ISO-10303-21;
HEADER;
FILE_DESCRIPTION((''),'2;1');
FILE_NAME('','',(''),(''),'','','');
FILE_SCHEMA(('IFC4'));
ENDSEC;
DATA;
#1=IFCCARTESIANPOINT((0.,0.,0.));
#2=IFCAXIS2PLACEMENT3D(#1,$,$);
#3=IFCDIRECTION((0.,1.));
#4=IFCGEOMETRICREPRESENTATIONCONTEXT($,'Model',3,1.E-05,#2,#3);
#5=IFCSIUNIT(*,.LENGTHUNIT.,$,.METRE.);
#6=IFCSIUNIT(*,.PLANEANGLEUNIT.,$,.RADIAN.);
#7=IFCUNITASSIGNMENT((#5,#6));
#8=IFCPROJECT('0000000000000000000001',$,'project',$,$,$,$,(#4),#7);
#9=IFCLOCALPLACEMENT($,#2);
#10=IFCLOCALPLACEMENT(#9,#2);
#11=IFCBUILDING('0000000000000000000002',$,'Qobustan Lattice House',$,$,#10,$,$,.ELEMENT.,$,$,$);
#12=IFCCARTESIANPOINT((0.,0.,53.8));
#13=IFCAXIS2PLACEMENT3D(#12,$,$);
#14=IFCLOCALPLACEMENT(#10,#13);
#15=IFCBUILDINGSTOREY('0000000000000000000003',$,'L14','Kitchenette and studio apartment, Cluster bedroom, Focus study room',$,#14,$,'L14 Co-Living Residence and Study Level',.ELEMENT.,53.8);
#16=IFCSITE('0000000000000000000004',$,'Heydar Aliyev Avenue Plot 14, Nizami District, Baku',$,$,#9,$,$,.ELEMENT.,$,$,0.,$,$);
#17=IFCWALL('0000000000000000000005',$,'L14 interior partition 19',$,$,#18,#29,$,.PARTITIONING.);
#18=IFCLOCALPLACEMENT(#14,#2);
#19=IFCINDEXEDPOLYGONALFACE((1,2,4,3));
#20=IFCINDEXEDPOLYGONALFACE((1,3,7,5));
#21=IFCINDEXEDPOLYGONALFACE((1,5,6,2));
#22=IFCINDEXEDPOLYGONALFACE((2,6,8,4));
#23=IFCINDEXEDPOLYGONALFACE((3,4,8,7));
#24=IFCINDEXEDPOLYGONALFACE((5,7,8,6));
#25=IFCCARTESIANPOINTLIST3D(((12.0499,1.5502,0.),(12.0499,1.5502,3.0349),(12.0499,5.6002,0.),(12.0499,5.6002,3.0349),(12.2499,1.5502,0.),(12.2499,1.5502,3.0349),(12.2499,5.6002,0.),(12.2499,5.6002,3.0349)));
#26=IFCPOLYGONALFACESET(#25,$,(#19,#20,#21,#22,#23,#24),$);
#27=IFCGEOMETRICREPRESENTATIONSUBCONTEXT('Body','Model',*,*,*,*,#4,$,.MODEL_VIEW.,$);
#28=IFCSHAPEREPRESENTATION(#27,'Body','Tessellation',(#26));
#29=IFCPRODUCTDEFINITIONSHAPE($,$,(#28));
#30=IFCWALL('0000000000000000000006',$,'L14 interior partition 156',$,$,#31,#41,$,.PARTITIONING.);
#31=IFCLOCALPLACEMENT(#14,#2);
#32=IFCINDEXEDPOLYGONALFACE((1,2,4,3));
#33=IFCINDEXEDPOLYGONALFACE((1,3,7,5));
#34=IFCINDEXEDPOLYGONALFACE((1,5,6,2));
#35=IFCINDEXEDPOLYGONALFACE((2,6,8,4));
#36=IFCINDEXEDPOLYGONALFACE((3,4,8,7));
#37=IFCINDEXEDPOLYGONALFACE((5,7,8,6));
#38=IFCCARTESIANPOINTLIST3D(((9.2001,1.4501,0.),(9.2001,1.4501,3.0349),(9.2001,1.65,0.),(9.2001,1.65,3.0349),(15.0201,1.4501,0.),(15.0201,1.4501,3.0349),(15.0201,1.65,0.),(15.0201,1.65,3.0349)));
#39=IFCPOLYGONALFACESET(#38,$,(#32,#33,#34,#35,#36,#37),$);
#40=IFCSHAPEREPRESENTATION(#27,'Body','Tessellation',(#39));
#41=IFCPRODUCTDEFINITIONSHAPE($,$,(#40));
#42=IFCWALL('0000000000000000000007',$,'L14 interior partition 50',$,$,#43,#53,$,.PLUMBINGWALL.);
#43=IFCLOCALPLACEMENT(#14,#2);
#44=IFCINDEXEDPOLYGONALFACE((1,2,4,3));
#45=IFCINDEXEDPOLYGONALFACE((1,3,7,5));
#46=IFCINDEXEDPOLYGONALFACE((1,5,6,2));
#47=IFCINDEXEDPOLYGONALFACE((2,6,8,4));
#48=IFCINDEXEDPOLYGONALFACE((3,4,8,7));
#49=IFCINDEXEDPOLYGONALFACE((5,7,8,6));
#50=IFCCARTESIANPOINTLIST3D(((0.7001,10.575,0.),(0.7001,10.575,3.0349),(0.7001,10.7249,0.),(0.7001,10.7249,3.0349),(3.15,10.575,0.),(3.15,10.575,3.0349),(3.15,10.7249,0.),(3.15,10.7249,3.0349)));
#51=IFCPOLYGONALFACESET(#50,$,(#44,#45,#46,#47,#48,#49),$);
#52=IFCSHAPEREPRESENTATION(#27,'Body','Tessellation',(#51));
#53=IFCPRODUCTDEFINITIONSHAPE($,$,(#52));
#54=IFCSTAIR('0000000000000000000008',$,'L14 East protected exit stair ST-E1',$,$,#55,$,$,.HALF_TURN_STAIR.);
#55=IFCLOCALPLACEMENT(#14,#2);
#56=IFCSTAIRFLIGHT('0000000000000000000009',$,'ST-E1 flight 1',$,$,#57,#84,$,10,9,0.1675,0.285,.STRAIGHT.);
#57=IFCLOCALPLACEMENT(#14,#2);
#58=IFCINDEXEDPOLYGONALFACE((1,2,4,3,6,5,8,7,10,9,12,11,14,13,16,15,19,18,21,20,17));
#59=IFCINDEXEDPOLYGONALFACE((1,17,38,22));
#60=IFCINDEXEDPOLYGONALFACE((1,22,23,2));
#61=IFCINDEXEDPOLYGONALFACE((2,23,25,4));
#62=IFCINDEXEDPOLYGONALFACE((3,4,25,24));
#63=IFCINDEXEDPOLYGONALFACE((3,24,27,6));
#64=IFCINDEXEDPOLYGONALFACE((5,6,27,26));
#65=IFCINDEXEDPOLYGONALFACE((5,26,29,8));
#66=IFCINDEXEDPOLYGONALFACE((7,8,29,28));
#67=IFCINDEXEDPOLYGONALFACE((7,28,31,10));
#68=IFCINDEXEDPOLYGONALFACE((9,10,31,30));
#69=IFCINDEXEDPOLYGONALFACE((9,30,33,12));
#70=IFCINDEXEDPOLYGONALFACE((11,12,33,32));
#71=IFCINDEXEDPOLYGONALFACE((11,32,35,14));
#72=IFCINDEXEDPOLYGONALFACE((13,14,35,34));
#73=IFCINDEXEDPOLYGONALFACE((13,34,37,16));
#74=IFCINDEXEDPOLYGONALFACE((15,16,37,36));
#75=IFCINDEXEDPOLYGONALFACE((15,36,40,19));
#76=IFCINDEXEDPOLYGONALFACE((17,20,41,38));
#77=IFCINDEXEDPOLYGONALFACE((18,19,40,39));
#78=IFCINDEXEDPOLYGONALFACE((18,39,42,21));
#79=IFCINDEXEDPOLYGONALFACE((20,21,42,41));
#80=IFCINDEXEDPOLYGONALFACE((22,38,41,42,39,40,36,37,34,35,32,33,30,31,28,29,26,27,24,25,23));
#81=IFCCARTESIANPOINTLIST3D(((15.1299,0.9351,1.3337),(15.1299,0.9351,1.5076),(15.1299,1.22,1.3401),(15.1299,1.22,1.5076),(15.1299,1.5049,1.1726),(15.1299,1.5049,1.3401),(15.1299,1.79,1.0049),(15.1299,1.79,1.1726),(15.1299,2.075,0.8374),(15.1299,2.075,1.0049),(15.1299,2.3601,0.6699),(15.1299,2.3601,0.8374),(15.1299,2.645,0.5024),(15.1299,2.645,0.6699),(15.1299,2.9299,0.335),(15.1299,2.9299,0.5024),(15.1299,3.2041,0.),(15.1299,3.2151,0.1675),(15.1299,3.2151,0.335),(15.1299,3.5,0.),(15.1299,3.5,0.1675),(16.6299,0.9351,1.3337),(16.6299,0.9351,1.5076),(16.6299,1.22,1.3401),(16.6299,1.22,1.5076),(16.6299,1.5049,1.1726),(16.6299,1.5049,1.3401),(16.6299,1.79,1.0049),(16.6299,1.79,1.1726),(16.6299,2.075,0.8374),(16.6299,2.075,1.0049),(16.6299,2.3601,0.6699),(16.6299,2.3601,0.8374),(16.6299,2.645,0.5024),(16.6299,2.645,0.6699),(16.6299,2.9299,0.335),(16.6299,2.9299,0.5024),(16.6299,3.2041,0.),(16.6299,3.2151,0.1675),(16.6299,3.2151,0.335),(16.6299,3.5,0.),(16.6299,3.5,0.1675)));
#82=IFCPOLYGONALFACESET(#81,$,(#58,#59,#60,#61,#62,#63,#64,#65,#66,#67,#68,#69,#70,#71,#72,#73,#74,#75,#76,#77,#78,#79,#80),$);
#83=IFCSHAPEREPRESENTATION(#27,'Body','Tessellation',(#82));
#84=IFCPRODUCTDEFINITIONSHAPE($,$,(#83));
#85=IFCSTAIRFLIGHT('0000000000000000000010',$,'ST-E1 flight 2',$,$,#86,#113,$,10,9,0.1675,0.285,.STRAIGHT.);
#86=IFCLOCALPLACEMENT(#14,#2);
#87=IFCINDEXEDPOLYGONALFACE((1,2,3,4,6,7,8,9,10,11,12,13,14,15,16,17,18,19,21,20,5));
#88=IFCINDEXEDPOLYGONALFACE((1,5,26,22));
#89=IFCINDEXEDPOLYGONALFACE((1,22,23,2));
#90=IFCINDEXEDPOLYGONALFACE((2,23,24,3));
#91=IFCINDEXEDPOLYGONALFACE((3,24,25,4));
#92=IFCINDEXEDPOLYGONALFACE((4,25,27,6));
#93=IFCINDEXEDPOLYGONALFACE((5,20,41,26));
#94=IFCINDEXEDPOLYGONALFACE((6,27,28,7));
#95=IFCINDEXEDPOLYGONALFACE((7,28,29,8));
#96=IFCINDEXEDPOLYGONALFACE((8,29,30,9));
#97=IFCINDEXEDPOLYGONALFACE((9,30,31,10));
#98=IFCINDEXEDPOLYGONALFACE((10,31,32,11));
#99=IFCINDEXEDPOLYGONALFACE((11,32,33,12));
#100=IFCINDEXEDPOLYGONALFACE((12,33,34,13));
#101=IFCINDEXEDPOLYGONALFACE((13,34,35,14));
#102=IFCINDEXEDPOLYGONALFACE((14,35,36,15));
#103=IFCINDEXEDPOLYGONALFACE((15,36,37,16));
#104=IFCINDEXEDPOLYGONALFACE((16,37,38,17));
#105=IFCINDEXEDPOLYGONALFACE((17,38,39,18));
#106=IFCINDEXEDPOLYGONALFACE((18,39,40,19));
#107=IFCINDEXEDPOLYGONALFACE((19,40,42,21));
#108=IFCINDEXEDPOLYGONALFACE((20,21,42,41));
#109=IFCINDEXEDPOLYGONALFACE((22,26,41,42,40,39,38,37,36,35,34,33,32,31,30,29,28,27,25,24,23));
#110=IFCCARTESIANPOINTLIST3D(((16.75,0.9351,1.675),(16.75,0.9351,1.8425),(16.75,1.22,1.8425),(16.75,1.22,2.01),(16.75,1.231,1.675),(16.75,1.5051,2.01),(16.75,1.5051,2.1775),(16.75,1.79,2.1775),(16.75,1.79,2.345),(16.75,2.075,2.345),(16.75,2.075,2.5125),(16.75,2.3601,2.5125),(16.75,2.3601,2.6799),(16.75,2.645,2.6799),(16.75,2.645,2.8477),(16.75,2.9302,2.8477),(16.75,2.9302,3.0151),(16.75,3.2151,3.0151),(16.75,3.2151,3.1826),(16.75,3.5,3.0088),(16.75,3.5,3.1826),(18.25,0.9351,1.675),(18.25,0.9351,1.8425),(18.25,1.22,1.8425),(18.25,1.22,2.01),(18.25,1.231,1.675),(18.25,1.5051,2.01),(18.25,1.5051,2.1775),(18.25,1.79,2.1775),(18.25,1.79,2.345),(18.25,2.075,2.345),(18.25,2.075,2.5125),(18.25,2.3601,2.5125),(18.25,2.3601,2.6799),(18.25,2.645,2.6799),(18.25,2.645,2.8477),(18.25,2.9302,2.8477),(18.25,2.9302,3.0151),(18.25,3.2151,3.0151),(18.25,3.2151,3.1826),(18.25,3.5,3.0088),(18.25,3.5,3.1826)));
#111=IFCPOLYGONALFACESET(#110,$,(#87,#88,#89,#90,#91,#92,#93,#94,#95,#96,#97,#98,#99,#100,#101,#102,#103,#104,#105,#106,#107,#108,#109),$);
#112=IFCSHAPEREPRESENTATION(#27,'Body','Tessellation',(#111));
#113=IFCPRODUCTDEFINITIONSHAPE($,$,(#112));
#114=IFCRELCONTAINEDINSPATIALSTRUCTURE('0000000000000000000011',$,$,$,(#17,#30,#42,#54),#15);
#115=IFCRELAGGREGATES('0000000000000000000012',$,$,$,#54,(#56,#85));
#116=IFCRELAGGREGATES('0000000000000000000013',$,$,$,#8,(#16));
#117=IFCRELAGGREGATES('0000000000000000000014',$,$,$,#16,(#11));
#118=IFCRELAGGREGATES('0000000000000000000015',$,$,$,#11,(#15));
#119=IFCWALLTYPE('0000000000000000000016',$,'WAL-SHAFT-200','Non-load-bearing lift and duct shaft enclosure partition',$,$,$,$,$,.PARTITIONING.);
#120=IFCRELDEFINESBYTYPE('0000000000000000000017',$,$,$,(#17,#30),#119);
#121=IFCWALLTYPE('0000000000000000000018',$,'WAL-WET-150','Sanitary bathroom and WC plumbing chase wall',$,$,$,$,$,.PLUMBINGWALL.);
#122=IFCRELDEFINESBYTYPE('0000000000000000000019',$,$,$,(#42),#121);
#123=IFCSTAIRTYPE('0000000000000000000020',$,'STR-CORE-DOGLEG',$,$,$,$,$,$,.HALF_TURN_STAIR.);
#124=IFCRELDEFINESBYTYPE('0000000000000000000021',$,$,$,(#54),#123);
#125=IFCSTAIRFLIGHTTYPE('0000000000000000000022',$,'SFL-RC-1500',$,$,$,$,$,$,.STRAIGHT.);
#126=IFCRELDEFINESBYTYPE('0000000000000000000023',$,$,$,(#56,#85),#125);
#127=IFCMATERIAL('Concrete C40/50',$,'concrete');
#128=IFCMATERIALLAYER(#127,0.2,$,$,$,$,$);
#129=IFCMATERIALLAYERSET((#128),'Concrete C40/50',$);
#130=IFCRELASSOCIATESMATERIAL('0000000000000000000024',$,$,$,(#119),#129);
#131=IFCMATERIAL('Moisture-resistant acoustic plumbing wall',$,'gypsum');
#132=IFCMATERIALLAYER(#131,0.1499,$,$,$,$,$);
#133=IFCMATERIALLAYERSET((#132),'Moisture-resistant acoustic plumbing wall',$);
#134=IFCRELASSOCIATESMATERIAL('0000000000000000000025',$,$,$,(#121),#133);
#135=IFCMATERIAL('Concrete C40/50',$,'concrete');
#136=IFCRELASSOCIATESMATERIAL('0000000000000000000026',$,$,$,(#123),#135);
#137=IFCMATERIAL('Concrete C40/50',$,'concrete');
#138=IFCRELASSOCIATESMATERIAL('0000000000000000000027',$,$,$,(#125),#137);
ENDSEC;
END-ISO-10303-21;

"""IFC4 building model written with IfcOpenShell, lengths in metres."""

from ifc_helpers import new_model, si_unit, direction, frame, frame_2d, origin, place, context, subcontext, project, spatial, polyline, rectangle, outline, extrude, material, layer, layer_set, type_object, element, aggregate, save


model = new_model("IFC4")

# Units and contexts
model_context = context("Model", 3, precision=1e-05, world=origin(), true_north=direction((0.0, 1.0)))
body_context = subcontext(model_context, "Body", "Model", "MODEL_VIEW")
ifc_project = project(units=[si_unit("LENGTHUNIT", "METRE"), si_unit("PLANEANGLEUNIT", "RADIAN")], contexts=[model_context])

# Site, building, storey
site_placement = place(None, origin())
site = spatial("IfcSite", under=ifc_project, at=site_placement, Name="Heydar Aliyev Avenue Plot 14, Nizami District, Baku", CompositionType="ELEMENT", RefElevation=0.0)
building_placement = place(site_placement, origin())
building = spatial("IfcBuilding", under=site, at=building_placement, Name="Qobustan Lattice House", CompositionType="ELEMENT")
storey_placement = place(building_placement, frame((0.0, 0.0, 53.8)))
storey = spatial("IfcBuildingStorey", under=building, at=storey_placement, Name="L14", Description="Kitchenette and studio apartment, Cluster bedroom, Focus study room", LongName="L14 Co-Living Residence and Study Level", CompositionType="ELEMENT", Elevation=53.8)

# Walls
ifc_material_1 = material(Name="Concrete C40/50", Category="concrete")
ifc_layer_1 = layer(ifc_material_1, 0.2)
ifc_layer_set_1 = layer_set([ifc_layer_1], Name="Concrete C40/50")
wall_type_1 = type_object("IfcWallType", Name="WAL-SHAFT-200", Description="Non-load-bearing lift and duct shaft enclosure partition", PredefinedType="PARTITIONING", material=ifc_layer_set_1)
wall_1_placement = place(storey_placement, frame((12.1499, 5.6001, 0.0), z_axis=(0.0, 0.0, 1.0), x_axis=(0.0, -1.0, 0.0)))
element("IfcWall", 1, at=wall_1_placement, inside=storey, type_object=wall_type_1, Name="L14 interior partition 19", PredefinedType="PARTITIONING", context=body_context, shape_type="SweptSolid", body=[
    extrude(rectangle(XDim=4.05, YDim=0.2, at=frame_2d((2.0249, 0.0))), origin(), (0.0, 0.0, 1.0), 3.0349),
])
wall_2_placement = place(storey_placement, frame((9.2, 1.55, 0.0), z_axis=(0.0, 0.0, 1.0), x_axis=(1.0, 0.0, 0.0)))
element("IfcWall", 2, at=wall_2_placement, inside=storey, type_object=wall_type_1, Name="L14 interior partition 156", PredefinedType="PARTITIONING", context=body_context, shape_type="SweptSolid", body=[
    extrude(rectangle(XDim=5.8201, YDim=0.2, at=frame_2d((2.9102, 0.0))), origin(), (0.0, 0.0, 1.0), 3.0349),
])
ifc_material_2 = material(Name="Moisture-resistant acoustic plumbing wall", Category="gypsum")
ifc_layer_2 = layer(ifc_material_2, 0.1499)
ifc_layer_set_2 = layer_set([ifc_layer_2], Name="Moisture-resistant acoustic plumbing wall")
wall_type_2 = type_object("IfcWallType", Name="WAL-WET-150", Description="Sanitary bathroom and WC plumbing chase wall", PredefinedType="PLUMBINGWALL", material=ifc_layer_set_2)
wall_3_placement = place(storey_placement, frame((0.7, 10.6499, 0.0), z_axis=(0.0, 0.0, 1.0), x_axis=(1.0, 0.0, 0.0)))
element("IfcWall", 3, at=wall_3_placement, inside=storey, type_object=wall_type_2, Name="L14 interior partition 50", PredefinedType="PLUMBINGWALL", context=body_context, shape_type="SweptSolid", body=[
    extrude(rectangle(XDim=2.45, YDim=0.1499, at=frame_2d((1.2251, 0.0))), origin(), (0.0, 0.0, 1.0), 3.0349),
])

# Stair, stair flights
ifc_material_3 = material(Name="Concrete C40/50", Category="concrete")
stair_type = type_object("IfcStairType", Name="STR-CORE-DOGLEG", PredefinedType="HALF_TURN_STAIR", material=ifc_material_3)
stair_placement = place(storey_placement, origin())
stair = element("IfcStair", 4, at=stair_placement, inside=storey, type_object=stair_type, Name="L14 East protected exit stair ST-E1", PredefinedType="HALF_TURN_STAIR")
ifc_material_4 = material(Name="Concrete C40/50", Category="concrete")
stair_flight_type = type_object("IfcStairFlightType", Name="SFL-RC-1500", PredefinedType="STRAIGHT", material=ifc_material_4)
stair_flight_1_placement = place(storey_placement, frame((15.8799, 3.5, 0.0), z_axis=(0.0, 0.0, 1.0), x_axis=(0.0, -1.0, 0.0)))
stair_flight_1 = element("IfcStairFlight", 5, at=stair_flight_1_placement, type_object=stair_flight_type, Name="ST-E1 flight 1", NumberOfRisers=10, NumberOfTreads=9, PredefinedType="STRAIGHT", RiserHeight=0.1675, TreadLength=0.285, context=body_context, shape_type="SweptSolid", body=[
    extrude(outline(polyline([(0.0, 0.0), (0.0, 0.1675), (0.2849, 0.1675), (0.2849, 0.335), (0.5701, 0.335), (0.5701, 0.5024), (0.855, 0.5024), (0.855, 0.6699), (1.1399, 0.6699), (1.1399, 0.8374), (1.425, 0.8374), (1.425, 1.0049), (1.71, 1.0049), (1.71, 1.1726), (1.9951, 1.1726), (1.9951, 1.3401), (2.28, 1.3401), (2.28, 1.5076), (2.5649, 1.5076), (2.5649, 1.675), (2.5649, 1.3337), (0.2959, 0.0), (0.0, 0.0)])), frame((0.0, 0.75, 0.0), z_axis=(0.0, -1.0, 0.0), x_axis=(1.0, 0.0, 0.0)), (0.0, 0.0, 1.0), 1.5),
])
stair_flight_2_placement = place(storey_placement, frame((17.5, 0.9351, 1.675), z_axis=(0.0, 0.0, 1.0), x_axis=(0.0, 1.0, 0.0)))
stair_flight_2 = element("IfcStairFlight", 6, at=stair_flight_2_placement, type_object=stair_flight_type, Name="ST-E1 flight 2", NumberOfRisers=10, NumberOfTreads=9, PredefinedType="STRAIGHT", RiserHeight=0.1675, TreadLength=0.285, context=body_context, shape_type="SweptSolid", body=[
    extrude(outline(polyline([(0.0, 0.0), (0.0, 0.1675), (0.2849, 0.1675), (0.2849, 0.335), (0.5701, 0.335), (0.5701, 0.5024), (0.855, 0.5024), (0.855, 0.6699), (1.1399, 0.6699), (1.1399, 0.8374), (1.425, 0.8374), (1.425, 1.0049), (1.71, 1.0049), (1.71, 1.1726), (1.9951, 1.1726), (1.9951, 1.3401), (2.28, 1.3401), (2.28, 1.5076), (2.5649, 1.5076), (2.5649, 1.675), (2.5649, 1.3337), (0.2959, 0.0), (0.0, 0.0)])), frame((0.0, 0.75, 0.0), z_axis=(0.0, -1.0, 0.0), x_axis=(1.0, 0.0, 0.0)), (0.0, 0.0, 1.0), 1.5),
])
aggregate(stair, [stair_flight_1, stair_flight_2])

save(model, "model.ifc")
